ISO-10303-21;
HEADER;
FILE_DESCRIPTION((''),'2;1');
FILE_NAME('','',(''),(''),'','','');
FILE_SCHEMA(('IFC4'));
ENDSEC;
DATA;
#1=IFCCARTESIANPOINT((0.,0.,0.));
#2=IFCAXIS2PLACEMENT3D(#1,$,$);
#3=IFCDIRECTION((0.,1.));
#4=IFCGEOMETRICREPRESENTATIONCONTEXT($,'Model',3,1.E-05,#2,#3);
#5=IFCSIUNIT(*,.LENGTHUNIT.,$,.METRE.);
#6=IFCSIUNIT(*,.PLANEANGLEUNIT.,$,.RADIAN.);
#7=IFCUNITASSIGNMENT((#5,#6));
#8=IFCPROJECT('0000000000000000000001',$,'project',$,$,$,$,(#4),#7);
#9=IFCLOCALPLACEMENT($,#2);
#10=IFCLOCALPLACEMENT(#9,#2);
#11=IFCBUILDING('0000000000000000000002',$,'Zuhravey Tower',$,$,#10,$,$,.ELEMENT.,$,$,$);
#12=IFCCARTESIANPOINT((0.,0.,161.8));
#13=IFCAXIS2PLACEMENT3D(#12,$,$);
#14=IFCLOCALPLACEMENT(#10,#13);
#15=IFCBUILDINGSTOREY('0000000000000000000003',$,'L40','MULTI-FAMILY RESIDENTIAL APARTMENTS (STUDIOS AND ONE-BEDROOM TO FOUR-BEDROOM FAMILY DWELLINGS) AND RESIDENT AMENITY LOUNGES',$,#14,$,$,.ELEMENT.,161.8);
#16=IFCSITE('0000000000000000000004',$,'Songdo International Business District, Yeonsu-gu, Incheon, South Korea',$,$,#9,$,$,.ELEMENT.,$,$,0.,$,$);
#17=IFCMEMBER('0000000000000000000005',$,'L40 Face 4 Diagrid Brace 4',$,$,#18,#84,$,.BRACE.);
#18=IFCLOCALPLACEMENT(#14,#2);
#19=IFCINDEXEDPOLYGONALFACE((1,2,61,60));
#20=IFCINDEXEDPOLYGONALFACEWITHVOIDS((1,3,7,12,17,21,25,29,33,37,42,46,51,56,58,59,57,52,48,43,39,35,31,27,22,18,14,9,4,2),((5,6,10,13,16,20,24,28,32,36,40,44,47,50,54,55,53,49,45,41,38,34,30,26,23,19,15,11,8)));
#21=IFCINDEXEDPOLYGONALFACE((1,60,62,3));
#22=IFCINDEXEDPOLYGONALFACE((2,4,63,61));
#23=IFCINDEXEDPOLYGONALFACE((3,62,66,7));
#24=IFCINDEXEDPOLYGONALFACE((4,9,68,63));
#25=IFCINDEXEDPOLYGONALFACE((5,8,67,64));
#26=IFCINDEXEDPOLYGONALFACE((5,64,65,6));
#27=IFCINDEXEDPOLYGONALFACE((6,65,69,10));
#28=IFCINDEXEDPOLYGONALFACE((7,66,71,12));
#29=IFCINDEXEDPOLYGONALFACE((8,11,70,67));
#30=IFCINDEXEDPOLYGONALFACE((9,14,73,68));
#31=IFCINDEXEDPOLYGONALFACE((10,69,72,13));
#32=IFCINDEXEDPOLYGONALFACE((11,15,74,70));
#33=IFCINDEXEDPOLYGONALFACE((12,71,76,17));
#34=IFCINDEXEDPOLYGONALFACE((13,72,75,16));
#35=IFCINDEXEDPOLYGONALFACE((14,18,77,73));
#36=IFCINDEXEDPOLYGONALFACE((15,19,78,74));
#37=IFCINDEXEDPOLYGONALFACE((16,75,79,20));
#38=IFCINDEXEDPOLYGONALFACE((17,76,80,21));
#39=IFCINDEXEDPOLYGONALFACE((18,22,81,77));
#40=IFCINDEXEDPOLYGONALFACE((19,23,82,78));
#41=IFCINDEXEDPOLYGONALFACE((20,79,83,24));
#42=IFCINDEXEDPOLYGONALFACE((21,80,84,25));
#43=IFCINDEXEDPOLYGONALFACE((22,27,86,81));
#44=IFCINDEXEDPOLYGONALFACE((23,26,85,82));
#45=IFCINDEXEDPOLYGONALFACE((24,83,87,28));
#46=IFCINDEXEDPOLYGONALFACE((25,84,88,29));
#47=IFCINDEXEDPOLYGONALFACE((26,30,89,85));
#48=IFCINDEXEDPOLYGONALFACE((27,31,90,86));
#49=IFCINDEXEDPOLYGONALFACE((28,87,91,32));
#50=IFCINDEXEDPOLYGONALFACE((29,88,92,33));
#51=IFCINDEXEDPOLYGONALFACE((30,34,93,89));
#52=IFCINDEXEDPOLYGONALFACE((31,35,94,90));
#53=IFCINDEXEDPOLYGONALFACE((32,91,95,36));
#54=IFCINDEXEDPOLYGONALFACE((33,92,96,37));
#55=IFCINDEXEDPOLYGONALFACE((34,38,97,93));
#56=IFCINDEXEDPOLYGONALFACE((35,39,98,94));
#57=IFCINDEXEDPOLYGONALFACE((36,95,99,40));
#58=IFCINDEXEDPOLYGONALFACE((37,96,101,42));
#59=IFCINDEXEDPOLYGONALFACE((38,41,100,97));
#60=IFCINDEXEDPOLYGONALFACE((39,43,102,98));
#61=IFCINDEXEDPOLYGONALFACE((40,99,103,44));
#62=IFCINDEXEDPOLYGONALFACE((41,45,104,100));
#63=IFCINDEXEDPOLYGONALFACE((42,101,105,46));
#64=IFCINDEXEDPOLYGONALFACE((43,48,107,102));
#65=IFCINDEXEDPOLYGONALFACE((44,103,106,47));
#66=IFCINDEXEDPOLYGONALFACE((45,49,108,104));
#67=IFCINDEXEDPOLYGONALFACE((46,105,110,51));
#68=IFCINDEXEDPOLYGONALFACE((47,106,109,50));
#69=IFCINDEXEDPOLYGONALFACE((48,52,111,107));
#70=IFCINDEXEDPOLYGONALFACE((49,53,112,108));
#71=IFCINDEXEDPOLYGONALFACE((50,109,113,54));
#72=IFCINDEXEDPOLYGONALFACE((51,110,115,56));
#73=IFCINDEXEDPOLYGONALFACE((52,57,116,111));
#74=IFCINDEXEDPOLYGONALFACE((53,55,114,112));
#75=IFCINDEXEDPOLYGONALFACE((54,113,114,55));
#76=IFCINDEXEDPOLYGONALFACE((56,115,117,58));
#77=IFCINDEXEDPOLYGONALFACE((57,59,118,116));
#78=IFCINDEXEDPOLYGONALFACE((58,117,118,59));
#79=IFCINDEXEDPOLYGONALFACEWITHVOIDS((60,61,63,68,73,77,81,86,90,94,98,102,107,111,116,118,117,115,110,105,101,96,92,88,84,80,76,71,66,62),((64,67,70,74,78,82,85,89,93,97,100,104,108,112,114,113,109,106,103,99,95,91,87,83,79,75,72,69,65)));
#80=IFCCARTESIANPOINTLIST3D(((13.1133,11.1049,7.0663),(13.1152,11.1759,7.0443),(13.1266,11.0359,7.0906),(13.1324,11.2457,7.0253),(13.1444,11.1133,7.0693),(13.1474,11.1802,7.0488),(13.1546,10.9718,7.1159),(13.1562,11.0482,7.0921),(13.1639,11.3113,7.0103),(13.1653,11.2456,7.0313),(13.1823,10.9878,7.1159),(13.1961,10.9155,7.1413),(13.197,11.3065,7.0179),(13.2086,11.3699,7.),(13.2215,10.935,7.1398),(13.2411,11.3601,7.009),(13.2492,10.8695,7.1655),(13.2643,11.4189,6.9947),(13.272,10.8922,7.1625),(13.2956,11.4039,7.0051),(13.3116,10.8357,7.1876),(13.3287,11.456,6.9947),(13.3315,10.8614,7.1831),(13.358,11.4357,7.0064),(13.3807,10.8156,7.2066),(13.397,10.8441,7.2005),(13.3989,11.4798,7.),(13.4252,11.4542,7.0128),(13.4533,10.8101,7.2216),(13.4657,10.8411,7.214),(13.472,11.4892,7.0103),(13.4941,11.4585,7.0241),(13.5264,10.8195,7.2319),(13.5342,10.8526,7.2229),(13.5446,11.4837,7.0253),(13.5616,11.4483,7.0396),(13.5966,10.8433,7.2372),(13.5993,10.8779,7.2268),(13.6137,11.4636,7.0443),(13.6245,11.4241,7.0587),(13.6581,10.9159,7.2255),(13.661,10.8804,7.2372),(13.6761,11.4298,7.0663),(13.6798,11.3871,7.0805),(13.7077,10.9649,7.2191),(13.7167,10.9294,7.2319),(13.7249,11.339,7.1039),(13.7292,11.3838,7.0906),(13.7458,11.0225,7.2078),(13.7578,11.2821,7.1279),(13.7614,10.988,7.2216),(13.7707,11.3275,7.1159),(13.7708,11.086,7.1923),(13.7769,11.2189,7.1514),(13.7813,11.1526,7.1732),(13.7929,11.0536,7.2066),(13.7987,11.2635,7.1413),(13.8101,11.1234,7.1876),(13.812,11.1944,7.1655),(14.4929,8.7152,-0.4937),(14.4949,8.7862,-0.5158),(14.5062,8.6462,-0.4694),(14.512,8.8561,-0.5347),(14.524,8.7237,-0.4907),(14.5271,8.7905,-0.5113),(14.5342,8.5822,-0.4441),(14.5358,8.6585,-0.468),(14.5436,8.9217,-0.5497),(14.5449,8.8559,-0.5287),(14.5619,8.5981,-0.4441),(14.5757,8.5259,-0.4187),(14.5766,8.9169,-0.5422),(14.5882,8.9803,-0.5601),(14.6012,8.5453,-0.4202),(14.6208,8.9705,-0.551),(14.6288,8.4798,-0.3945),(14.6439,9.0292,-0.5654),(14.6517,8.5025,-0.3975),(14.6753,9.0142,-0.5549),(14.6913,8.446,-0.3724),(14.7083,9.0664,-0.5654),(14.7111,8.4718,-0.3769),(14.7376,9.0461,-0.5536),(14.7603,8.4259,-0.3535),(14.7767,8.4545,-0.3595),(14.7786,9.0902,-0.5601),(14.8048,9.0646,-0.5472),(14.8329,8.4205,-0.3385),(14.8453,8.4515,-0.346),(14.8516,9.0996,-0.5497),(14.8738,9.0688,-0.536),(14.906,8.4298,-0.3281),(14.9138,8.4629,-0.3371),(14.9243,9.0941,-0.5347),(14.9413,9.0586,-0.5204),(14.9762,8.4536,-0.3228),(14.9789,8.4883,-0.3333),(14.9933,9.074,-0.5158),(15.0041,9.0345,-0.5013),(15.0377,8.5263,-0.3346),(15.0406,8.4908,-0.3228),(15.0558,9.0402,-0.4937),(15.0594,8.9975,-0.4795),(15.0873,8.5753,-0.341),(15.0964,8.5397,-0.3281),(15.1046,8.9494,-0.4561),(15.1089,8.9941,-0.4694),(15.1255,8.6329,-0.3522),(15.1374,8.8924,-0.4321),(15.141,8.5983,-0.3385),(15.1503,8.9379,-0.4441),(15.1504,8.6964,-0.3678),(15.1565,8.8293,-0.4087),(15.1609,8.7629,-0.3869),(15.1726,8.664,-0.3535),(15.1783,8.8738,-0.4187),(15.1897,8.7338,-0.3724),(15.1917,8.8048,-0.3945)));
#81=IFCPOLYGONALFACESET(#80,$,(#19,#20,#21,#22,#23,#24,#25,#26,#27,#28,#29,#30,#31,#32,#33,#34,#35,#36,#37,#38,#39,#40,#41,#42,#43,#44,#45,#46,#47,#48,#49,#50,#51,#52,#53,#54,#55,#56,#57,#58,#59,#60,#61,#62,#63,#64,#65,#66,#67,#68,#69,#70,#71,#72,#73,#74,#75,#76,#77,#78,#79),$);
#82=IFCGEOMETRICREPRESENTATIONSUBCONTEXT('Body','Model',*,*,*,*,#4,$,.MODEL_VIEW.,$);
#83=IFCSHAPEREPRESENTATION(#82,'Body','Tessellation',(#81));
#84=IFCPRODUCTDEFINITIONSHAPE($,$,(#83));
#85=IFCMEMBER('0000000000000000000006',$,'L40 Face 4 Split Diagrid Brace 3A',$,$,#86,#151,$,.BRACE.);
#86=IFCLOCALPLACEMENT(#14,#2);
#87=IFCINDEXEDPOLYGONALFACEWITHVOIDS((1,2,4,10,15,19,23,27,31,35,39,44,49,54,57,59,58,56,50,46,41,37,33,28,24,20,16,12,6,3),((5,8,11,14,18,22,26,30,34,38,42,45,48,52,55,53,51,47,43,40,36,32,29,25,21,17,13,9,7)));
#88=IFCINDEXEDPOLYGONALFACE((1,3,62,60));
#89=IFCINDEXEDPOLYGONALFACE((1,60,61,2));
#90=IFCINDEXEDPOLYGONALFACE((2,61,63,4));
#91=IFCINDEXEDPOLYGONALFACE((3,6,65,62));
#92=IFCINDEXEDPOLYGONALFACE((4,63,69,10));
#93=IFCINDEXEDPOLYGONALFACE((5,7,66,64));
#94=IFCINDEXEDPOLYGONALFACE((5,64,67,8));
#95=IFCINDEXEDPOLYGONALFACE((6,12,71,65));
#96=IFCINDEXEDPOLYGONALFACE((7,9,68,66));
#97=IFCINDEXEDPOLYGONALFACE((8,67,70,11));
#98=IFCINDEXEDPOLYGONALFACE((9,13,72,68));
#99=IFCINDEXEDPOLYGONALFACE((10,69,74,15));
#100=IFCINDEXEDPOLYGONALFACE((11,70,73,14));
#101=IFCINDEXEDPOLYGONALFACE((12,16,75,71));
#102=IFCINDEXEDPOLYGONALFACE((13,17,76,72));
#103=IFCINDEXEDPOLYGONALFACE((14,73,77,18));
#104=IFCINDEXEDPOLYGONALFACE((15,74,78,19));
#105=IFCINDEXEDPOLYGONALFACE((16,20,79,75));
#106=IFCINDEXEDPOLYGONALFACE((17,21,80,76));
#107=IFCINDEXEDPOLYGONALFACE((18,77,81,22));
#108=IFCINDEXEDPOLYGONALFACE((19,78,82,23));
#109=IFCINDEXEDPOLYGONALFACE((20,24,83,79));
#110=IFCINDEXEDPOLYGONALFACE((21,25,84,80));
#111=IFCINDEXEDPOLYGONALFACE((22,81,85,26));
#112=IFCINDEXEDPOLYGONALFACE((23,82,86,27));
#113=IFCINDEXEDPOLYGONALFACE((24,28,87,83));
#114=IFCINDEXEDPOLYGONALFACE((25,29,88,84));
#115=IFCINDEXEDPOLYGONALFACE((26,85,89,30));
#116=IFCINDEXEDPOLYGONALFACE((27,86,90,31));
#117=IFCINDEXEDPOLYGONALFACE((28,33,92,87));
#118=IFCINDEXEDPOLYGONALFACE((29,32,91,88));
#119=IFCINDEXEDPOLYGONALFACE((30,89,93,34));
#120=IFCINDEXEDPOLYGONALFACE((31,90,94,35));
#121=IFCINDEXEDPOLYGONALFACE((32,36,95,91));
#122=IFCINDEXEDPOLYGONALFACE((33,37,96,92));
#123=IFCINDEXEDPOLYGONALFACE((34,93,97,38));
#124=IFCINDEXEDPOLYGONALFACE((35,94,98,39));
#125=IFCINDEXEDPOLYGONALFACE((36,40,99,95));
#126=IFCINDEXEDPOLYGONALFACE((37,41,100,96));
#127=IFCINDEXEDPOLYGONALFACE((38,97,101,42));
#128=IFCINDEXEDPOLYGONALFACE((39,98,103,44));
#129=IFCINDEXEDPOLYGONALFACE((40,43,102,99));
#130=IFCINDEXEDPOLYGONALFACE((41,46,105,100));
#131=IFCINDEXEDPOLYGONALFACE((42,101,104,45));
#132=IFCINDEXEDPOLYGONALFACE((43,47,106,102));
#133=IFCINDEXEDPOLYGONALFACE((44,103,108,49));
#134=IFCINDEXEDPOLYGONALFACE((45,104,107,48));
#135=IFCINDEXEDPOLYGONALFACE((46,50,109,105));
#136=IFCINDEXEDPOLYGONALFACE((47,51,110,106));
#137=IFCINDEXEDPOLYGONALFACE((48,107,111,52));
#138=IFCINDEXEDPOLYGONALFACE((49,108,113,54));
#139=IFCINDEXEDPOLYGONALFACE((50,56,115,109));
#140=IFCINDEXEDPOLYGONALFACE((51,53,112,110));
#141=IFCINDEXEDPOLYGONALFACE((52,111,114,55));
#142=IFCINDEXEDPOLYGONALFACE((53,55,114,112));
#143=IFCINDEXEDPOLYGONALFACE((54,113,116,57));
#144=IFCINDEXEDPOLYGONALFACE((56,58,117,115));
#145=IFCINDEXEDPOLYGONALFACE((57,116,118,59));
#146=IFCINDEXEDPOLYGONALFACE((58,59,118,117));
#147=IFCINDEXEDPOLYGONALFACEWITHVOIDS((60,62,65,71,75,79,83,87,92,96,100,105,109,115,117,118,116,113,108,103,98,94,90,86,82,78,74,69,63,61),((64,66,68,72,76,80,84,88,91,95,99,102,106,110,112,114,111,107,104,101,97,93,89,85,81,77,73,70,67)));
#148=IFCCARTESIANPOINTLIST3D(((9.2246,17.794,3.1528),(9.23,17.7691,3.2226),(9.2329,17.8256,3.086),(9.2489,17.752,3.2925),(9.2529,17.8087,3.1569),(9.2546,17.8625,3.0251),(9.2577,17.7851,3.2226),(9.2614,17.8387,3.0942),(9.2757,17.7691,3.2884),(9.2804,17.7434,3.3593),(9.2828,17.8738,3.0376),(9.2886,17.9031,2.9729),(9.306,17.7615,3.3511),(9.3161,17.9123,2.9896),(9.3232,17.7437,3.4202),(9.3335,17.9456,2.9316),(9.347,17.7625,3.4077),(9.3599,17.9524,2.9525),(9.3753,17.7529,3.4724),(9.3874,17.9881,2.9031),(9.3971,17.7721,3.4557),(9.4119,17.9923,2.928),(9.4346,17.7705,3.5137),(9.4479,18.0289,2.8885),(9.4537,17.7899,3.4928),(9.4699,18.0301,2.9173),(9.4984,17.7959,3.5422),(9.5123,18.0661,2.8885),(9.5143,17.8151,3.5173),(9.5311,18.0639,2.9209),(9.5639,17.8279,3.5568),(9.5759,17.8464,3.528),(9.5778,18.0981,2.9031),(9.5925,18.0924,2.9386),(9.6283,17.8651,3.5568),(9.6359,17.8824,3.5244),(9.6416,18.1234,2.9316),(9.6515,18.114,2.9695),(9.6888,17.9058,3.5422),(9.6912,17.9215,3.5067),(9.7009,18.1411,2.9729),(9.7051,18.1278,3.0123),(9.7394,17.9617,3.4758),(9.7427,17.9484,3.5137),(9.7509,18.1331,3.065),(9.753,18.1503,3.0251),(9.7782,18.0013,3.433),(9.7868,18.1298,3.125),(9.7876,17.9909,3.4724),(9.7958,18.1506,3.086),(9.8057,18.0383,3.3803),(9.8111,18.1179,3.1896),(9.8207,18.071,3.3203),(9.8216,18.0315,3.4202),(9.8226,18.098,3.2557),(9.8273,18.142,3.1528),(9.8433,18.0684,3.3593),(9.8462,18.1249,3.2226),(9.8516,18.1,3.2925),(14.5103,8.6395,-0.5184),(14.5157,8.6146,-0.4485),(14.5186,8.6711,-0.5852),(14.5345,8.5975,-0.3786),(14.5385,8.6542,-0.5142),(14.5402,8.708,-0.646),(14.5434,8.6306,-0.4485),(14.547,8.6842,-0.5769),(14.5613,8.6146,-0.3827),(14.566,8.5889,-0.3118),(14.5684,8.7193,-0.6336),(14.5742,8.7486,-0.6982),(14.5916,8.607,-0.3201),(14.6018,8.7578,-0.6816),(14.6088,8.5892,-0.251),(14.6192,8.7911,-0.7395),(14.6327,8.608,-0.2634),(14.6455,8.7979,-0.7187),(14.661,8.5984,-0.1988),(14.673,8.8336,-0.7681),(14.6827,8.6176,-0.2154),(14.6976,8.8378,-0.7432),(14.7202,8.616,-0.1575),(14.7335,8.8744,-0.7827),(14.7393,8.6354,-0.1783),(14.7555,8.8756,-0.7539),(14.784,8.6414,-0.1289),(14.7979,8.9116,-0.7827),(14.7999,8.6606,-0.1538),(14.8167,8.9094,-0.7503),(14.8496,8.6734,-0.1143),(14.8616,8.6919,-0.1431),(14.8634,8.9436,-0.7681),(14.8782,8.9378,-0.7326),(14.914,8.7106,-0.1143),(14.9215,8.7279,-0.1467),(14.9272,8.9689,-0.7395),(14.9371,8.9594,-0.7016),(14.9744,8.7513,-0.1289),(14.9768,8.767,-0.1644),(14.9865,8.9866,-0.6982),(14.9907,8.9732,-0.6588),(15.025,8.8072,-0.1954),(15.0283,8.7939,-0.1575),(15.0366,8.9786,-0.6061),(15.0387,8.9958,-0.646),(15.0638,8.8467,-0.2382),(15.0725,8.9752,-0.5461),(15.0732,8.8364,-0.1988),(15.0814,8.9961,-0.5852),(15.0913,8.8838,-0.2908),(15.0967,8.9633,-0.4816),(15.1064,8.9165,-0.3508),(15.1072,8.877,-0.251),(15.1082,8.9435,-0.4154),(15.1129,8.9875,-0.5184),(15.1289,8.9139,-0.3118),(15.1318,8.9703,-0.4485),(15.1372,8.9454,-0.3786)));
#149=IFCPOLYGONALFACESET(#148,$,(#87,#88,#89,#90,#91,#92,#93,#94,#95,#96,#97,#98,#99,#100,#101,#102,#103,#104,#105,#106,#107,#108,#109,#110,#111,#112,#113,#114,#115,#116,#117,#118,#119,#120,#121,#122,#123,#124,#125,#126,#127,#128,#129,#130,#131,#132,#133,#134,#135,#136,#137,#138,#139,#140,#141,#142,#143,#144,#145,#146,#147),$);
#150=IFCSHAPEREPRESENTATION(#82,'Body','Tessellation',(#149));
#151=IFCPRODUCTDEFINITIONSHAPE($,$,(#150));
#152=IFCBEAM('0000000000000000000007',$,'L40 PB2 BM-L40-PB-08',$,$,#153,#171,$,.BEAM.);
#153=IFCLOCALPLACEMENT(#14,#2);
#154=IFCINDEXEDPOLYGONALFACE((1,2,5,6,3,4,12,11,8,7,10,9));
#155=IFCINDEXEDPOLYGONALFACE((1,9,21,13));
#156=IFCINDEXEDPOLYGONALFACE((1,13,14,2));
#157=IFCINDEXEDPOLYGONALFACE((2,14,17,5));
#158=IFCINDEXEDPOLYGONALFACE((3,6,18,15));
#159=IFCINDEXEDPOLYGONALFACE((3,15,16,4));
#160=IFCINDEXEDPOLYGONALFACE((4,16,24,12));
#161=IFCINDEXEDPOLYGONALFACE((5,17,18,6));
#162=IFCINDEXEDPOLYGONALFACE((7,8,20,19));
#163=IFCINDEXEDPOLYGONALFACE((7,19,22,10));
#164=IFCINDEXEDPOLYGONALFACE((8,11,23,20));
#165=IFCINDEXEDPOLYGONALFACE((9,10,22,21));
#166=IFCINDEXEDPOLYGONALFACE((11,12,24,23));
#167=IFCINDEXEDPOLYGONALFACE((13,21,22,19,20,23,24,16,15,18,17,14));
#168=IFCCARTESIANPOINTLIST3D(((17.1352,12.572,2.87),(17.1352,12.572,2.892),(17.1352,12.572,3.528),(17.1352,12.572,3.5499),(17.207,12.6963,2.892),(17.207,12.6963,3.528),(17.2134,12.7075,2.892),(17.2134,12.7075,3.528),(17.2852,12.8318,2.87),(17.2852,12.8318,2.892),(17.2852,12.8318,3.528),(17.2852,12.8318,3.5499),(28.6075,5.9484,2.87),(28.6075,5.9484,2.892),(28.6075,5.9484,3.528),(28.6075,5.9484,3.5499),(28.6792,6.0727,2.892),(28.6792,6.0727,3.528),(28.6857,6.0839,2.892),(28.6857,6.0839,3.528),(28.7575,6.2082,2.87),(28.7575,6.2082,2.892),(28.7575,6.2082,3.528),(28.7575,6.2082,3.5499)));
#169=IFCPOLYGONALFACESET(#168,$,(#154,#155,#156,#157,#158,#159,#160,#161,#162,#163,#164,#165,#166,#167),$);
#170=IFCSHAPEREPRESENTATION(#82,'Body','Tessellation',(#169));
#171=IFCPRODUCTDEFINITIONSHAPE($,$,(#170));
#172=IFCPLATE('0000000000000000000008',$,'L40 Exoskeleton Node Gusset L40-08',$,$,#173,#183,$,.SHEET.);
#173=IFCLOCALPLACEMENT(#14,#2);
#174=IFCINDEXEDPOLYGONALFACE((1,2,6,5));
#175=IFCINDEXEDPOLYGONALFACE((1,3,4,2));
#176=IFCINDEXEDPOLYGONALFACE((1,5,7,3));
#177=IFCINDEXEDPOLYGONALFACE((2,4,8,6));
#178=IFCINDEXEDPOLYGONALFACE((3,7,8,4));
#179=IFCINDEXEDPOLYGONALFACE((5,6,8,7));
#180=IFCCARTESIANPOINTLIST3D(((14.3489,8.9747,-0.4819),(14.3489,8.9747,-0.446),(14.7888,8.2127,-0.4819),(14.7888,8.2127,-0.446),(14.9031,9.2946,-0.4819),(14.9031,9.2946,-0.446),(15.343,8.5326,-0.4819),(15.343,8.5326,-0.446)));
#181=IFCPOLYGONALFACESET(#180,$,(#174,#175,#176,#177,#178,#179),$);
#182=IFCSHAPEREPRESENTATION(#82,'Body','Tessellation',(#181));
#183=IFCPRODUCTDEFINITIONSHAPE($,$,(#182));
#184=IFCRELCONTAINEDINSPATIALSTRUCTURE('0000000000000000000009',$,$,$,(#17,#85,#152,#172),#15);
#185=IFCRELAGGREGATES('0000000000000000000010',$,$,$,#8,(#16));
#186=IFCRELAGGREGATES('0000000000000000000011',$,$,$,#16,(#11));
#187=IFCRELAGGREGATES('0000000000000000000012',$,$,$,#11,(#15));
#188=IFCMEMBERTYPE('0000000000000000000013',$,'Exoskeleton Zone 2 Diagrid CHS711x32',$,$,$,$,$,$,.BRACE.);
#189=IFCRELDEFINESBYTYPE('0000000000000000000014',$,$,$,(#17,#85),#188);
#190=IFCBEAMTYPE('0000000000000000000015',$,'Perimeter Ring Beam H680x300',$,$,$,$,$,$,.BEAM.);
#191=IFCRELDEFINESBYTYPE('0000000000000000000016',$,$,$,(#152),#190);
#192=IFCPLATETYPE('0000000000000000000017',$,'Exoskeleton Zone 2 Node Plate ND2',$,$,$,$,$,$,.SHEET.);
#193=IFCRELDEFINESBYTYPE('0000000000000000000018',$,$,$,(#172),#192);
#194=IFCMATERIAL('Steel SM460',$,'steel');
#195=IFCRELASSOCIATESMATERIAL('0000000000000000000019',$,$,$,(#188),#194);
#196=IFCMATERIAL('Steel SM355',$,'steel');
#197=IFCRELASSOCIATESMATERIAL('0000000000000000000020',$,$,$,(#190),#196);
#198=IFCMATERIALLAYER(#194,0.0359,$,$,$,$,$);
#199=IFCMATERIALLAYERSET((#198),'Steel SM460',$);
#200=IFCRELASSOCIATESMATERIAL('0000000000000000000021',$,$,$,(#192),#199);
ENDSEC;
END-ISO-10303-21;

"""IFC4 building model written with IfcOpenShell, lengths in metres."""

from ifc_helpers import new_model, si_unit, direction, frame, origin, origin_2d, place, context, subcontext, project, spatial, rectangle, hollow_circle, i_section, extrude, material, layer, layer_set, material_profile, profile_set, type_object, element, save


model = new_model("IFC4")

# Units and contexts
model_context = context("Model", 3, precision=1e-05, world=origin(), true_north=direction((0.0, 1.0)))
body_context = subcontext(model_context, "Body", "Model", "MODEL_VIEW")
ifc_project = project(units=[si_unit("LENGTHUNIT", "METRE"), si_unit("PLANEANGLEUNIT", "RADIAN")], contexts=[model_context])

# Site, building, storey
site_placement = place(None, origin())
site = spatial("IfcSite", under=ifc_project, at=site_placement, Name="Songdo International Business District, Yeonsu-gu, Incheon, South Korea", CompositionType="ELEMENT", RefElevation=0.0)
building_placement = place(site_placement, origin())
building = spatial("IfcBuilding", under=site, at=building_placement, Name="Zuhravey Tower", CompositionType="ELEMENT")
storey_placement = place(building_placement, frame((0.0, 0.0, 161.8)))
storey = spatial("IfcBuildingStorey", under=building, at=storey_placement, Name="L40", Description="MULTI-FAMILY RESIDENTIAL APARTMENTS (STUDIOS AND ONE-BEDROOM TO FOUR-BEDROOM FAMILY DWELLINGS) AND RESIDENT AMENITY LOUNGES", CompositionType="ELEMENT", Elevation=161.8)

# Members
ifc_material_1 = material(Name="Steel SM460", Category="steel")
ifc_material_profile_1 = material_profile(ifc_material_1, hollow_circle(Radius=0.3557, WallThickness=0.032, at=origin_2d()), Name="CHS-711.2x32")
ifc_profile_set_1 = profile_set([ifc_material_profile_1], Name="Steel SM460")
member_type_1 = type_object("IfcMemberType", Name="Exoskeleton Zone 2 Diagrid CHS711x32", PredefinedType="BRACE", material=ifc_profile_set_1)
member_1_placement = place(storey_placement, frame((14.8423, 8.76, -0.4441), z_axis=(-0.171429, 0.296929, 0.939386), x_axis=(-0.866029, -0.499993, 0.0)))
element("IfcMember", 1, at=member_1_placement, inside=storey, type_object=member_type_1, Name="L40 Face 4 Diagrid Brace 4", PredefinedType="BRACE", context=body_context, shape_type="SweptSolid", body=[
    extrude(hollow_circle(Radius=0.3557, WallThickness=0.032, at=origin_2d()), origin(), (0.0, 0.0, 1.0), 8.0479),
])
member_2_placement = place(storey_placement, frame((14.8237, 8.7925, -0.4485), z_axis=(-0.472345, 0.818084, 0.328067), x_axis=(-0.866014, -0.500019, 0.0)))
element("IfcMember", 2, at=member_2_placement, inside=storey, type_object=member_type_1, Name="L40 Face 4 Split Diagrid Brace 3A", PredefinedType="BRACE", context=body_context, shape_type="SweptSolid", body=[
    extrude(hollow_circle(Radius=0.3557, WallThickness=0.032, at=origin_2d()), origin(), (0.0, 0.0, 1.0), 11.1902),
])

# Beam
ifc_material_2 = material(Name="Steel SM355", Category="steel")
ifc_material_profile_2 = material_profile(ifc_material_2, i_section(OverallWidth=0.3, OverallDepth=0.6799, WebThickness=0.0129, FlangeThickness=0.022, at=origin_2d()), Name="H-680x300x13x22")
ifc_profile_set_2 = profile_set([ifc_material_profile_2], Name="Steel SM355")
beam_type = type_object("IfcBeamType", Name="Perimeter Ring Beam H680x300", PredefinedType="BEAM", material=ifc_profile_set_2)
beam_placement = place(storey_placement, frame((17.2102, 12.7019, 3.21), z_axis=(0.866023, -0.500004, 0.0), x_axis=(0.500004, 0.866023, 0.0)))
element("IfcBeam", 3, at=beam_placement, inside=storey, type_object=beam_type, Name="L40 PB2 BM-L40-PB-08", PredefinedType="BEAM", context=body_context, shape_type="SweptSolid", body=[
    extrude(i_section(OverallWidth=0.3, OverallDepth=0.6799, WebThickness=0.0129, FlangeThickness=0.022, at=origin_2d()), origin(), (0.0, 0.0, 1.0), 13.2471),
])

# Plate
ifc_layer_1 = layer(ifc_material_1, 0.0359)
ifc_layer_set_1 = layer_set([ifc_layer_1], Name="Steel SM460")
plate_type_1 = type_object("IfcPlateType", Name="Exoskeleton Zone 2 Node Plate ND2", PredefinedType="SHEET", material=ifc_layer_set_1)
plate_1_placement = place(storey_placement, frame((14.8459, 8.7537, -0.4819), z_axis=(0.0, 0.0, 1.0), x_axis=(0.5, -0.866025, 0.0)))
element("IfcPlate", 4, at=plate_1_placement, inside=storey, type_object=plate_type_1, Name="L40 Exoskeleton Node Gusset L40-08", PredefinedType="SHEET", context=body_context, shape_type="SweptSolid", body=[
    extrude(rectangle(XDim=0.8799, YDim=0.6399, at=origin_2d()), origin(), (0.0, 0.0, 1.0), 0.0359),
])

save(model, "model.ifc")
